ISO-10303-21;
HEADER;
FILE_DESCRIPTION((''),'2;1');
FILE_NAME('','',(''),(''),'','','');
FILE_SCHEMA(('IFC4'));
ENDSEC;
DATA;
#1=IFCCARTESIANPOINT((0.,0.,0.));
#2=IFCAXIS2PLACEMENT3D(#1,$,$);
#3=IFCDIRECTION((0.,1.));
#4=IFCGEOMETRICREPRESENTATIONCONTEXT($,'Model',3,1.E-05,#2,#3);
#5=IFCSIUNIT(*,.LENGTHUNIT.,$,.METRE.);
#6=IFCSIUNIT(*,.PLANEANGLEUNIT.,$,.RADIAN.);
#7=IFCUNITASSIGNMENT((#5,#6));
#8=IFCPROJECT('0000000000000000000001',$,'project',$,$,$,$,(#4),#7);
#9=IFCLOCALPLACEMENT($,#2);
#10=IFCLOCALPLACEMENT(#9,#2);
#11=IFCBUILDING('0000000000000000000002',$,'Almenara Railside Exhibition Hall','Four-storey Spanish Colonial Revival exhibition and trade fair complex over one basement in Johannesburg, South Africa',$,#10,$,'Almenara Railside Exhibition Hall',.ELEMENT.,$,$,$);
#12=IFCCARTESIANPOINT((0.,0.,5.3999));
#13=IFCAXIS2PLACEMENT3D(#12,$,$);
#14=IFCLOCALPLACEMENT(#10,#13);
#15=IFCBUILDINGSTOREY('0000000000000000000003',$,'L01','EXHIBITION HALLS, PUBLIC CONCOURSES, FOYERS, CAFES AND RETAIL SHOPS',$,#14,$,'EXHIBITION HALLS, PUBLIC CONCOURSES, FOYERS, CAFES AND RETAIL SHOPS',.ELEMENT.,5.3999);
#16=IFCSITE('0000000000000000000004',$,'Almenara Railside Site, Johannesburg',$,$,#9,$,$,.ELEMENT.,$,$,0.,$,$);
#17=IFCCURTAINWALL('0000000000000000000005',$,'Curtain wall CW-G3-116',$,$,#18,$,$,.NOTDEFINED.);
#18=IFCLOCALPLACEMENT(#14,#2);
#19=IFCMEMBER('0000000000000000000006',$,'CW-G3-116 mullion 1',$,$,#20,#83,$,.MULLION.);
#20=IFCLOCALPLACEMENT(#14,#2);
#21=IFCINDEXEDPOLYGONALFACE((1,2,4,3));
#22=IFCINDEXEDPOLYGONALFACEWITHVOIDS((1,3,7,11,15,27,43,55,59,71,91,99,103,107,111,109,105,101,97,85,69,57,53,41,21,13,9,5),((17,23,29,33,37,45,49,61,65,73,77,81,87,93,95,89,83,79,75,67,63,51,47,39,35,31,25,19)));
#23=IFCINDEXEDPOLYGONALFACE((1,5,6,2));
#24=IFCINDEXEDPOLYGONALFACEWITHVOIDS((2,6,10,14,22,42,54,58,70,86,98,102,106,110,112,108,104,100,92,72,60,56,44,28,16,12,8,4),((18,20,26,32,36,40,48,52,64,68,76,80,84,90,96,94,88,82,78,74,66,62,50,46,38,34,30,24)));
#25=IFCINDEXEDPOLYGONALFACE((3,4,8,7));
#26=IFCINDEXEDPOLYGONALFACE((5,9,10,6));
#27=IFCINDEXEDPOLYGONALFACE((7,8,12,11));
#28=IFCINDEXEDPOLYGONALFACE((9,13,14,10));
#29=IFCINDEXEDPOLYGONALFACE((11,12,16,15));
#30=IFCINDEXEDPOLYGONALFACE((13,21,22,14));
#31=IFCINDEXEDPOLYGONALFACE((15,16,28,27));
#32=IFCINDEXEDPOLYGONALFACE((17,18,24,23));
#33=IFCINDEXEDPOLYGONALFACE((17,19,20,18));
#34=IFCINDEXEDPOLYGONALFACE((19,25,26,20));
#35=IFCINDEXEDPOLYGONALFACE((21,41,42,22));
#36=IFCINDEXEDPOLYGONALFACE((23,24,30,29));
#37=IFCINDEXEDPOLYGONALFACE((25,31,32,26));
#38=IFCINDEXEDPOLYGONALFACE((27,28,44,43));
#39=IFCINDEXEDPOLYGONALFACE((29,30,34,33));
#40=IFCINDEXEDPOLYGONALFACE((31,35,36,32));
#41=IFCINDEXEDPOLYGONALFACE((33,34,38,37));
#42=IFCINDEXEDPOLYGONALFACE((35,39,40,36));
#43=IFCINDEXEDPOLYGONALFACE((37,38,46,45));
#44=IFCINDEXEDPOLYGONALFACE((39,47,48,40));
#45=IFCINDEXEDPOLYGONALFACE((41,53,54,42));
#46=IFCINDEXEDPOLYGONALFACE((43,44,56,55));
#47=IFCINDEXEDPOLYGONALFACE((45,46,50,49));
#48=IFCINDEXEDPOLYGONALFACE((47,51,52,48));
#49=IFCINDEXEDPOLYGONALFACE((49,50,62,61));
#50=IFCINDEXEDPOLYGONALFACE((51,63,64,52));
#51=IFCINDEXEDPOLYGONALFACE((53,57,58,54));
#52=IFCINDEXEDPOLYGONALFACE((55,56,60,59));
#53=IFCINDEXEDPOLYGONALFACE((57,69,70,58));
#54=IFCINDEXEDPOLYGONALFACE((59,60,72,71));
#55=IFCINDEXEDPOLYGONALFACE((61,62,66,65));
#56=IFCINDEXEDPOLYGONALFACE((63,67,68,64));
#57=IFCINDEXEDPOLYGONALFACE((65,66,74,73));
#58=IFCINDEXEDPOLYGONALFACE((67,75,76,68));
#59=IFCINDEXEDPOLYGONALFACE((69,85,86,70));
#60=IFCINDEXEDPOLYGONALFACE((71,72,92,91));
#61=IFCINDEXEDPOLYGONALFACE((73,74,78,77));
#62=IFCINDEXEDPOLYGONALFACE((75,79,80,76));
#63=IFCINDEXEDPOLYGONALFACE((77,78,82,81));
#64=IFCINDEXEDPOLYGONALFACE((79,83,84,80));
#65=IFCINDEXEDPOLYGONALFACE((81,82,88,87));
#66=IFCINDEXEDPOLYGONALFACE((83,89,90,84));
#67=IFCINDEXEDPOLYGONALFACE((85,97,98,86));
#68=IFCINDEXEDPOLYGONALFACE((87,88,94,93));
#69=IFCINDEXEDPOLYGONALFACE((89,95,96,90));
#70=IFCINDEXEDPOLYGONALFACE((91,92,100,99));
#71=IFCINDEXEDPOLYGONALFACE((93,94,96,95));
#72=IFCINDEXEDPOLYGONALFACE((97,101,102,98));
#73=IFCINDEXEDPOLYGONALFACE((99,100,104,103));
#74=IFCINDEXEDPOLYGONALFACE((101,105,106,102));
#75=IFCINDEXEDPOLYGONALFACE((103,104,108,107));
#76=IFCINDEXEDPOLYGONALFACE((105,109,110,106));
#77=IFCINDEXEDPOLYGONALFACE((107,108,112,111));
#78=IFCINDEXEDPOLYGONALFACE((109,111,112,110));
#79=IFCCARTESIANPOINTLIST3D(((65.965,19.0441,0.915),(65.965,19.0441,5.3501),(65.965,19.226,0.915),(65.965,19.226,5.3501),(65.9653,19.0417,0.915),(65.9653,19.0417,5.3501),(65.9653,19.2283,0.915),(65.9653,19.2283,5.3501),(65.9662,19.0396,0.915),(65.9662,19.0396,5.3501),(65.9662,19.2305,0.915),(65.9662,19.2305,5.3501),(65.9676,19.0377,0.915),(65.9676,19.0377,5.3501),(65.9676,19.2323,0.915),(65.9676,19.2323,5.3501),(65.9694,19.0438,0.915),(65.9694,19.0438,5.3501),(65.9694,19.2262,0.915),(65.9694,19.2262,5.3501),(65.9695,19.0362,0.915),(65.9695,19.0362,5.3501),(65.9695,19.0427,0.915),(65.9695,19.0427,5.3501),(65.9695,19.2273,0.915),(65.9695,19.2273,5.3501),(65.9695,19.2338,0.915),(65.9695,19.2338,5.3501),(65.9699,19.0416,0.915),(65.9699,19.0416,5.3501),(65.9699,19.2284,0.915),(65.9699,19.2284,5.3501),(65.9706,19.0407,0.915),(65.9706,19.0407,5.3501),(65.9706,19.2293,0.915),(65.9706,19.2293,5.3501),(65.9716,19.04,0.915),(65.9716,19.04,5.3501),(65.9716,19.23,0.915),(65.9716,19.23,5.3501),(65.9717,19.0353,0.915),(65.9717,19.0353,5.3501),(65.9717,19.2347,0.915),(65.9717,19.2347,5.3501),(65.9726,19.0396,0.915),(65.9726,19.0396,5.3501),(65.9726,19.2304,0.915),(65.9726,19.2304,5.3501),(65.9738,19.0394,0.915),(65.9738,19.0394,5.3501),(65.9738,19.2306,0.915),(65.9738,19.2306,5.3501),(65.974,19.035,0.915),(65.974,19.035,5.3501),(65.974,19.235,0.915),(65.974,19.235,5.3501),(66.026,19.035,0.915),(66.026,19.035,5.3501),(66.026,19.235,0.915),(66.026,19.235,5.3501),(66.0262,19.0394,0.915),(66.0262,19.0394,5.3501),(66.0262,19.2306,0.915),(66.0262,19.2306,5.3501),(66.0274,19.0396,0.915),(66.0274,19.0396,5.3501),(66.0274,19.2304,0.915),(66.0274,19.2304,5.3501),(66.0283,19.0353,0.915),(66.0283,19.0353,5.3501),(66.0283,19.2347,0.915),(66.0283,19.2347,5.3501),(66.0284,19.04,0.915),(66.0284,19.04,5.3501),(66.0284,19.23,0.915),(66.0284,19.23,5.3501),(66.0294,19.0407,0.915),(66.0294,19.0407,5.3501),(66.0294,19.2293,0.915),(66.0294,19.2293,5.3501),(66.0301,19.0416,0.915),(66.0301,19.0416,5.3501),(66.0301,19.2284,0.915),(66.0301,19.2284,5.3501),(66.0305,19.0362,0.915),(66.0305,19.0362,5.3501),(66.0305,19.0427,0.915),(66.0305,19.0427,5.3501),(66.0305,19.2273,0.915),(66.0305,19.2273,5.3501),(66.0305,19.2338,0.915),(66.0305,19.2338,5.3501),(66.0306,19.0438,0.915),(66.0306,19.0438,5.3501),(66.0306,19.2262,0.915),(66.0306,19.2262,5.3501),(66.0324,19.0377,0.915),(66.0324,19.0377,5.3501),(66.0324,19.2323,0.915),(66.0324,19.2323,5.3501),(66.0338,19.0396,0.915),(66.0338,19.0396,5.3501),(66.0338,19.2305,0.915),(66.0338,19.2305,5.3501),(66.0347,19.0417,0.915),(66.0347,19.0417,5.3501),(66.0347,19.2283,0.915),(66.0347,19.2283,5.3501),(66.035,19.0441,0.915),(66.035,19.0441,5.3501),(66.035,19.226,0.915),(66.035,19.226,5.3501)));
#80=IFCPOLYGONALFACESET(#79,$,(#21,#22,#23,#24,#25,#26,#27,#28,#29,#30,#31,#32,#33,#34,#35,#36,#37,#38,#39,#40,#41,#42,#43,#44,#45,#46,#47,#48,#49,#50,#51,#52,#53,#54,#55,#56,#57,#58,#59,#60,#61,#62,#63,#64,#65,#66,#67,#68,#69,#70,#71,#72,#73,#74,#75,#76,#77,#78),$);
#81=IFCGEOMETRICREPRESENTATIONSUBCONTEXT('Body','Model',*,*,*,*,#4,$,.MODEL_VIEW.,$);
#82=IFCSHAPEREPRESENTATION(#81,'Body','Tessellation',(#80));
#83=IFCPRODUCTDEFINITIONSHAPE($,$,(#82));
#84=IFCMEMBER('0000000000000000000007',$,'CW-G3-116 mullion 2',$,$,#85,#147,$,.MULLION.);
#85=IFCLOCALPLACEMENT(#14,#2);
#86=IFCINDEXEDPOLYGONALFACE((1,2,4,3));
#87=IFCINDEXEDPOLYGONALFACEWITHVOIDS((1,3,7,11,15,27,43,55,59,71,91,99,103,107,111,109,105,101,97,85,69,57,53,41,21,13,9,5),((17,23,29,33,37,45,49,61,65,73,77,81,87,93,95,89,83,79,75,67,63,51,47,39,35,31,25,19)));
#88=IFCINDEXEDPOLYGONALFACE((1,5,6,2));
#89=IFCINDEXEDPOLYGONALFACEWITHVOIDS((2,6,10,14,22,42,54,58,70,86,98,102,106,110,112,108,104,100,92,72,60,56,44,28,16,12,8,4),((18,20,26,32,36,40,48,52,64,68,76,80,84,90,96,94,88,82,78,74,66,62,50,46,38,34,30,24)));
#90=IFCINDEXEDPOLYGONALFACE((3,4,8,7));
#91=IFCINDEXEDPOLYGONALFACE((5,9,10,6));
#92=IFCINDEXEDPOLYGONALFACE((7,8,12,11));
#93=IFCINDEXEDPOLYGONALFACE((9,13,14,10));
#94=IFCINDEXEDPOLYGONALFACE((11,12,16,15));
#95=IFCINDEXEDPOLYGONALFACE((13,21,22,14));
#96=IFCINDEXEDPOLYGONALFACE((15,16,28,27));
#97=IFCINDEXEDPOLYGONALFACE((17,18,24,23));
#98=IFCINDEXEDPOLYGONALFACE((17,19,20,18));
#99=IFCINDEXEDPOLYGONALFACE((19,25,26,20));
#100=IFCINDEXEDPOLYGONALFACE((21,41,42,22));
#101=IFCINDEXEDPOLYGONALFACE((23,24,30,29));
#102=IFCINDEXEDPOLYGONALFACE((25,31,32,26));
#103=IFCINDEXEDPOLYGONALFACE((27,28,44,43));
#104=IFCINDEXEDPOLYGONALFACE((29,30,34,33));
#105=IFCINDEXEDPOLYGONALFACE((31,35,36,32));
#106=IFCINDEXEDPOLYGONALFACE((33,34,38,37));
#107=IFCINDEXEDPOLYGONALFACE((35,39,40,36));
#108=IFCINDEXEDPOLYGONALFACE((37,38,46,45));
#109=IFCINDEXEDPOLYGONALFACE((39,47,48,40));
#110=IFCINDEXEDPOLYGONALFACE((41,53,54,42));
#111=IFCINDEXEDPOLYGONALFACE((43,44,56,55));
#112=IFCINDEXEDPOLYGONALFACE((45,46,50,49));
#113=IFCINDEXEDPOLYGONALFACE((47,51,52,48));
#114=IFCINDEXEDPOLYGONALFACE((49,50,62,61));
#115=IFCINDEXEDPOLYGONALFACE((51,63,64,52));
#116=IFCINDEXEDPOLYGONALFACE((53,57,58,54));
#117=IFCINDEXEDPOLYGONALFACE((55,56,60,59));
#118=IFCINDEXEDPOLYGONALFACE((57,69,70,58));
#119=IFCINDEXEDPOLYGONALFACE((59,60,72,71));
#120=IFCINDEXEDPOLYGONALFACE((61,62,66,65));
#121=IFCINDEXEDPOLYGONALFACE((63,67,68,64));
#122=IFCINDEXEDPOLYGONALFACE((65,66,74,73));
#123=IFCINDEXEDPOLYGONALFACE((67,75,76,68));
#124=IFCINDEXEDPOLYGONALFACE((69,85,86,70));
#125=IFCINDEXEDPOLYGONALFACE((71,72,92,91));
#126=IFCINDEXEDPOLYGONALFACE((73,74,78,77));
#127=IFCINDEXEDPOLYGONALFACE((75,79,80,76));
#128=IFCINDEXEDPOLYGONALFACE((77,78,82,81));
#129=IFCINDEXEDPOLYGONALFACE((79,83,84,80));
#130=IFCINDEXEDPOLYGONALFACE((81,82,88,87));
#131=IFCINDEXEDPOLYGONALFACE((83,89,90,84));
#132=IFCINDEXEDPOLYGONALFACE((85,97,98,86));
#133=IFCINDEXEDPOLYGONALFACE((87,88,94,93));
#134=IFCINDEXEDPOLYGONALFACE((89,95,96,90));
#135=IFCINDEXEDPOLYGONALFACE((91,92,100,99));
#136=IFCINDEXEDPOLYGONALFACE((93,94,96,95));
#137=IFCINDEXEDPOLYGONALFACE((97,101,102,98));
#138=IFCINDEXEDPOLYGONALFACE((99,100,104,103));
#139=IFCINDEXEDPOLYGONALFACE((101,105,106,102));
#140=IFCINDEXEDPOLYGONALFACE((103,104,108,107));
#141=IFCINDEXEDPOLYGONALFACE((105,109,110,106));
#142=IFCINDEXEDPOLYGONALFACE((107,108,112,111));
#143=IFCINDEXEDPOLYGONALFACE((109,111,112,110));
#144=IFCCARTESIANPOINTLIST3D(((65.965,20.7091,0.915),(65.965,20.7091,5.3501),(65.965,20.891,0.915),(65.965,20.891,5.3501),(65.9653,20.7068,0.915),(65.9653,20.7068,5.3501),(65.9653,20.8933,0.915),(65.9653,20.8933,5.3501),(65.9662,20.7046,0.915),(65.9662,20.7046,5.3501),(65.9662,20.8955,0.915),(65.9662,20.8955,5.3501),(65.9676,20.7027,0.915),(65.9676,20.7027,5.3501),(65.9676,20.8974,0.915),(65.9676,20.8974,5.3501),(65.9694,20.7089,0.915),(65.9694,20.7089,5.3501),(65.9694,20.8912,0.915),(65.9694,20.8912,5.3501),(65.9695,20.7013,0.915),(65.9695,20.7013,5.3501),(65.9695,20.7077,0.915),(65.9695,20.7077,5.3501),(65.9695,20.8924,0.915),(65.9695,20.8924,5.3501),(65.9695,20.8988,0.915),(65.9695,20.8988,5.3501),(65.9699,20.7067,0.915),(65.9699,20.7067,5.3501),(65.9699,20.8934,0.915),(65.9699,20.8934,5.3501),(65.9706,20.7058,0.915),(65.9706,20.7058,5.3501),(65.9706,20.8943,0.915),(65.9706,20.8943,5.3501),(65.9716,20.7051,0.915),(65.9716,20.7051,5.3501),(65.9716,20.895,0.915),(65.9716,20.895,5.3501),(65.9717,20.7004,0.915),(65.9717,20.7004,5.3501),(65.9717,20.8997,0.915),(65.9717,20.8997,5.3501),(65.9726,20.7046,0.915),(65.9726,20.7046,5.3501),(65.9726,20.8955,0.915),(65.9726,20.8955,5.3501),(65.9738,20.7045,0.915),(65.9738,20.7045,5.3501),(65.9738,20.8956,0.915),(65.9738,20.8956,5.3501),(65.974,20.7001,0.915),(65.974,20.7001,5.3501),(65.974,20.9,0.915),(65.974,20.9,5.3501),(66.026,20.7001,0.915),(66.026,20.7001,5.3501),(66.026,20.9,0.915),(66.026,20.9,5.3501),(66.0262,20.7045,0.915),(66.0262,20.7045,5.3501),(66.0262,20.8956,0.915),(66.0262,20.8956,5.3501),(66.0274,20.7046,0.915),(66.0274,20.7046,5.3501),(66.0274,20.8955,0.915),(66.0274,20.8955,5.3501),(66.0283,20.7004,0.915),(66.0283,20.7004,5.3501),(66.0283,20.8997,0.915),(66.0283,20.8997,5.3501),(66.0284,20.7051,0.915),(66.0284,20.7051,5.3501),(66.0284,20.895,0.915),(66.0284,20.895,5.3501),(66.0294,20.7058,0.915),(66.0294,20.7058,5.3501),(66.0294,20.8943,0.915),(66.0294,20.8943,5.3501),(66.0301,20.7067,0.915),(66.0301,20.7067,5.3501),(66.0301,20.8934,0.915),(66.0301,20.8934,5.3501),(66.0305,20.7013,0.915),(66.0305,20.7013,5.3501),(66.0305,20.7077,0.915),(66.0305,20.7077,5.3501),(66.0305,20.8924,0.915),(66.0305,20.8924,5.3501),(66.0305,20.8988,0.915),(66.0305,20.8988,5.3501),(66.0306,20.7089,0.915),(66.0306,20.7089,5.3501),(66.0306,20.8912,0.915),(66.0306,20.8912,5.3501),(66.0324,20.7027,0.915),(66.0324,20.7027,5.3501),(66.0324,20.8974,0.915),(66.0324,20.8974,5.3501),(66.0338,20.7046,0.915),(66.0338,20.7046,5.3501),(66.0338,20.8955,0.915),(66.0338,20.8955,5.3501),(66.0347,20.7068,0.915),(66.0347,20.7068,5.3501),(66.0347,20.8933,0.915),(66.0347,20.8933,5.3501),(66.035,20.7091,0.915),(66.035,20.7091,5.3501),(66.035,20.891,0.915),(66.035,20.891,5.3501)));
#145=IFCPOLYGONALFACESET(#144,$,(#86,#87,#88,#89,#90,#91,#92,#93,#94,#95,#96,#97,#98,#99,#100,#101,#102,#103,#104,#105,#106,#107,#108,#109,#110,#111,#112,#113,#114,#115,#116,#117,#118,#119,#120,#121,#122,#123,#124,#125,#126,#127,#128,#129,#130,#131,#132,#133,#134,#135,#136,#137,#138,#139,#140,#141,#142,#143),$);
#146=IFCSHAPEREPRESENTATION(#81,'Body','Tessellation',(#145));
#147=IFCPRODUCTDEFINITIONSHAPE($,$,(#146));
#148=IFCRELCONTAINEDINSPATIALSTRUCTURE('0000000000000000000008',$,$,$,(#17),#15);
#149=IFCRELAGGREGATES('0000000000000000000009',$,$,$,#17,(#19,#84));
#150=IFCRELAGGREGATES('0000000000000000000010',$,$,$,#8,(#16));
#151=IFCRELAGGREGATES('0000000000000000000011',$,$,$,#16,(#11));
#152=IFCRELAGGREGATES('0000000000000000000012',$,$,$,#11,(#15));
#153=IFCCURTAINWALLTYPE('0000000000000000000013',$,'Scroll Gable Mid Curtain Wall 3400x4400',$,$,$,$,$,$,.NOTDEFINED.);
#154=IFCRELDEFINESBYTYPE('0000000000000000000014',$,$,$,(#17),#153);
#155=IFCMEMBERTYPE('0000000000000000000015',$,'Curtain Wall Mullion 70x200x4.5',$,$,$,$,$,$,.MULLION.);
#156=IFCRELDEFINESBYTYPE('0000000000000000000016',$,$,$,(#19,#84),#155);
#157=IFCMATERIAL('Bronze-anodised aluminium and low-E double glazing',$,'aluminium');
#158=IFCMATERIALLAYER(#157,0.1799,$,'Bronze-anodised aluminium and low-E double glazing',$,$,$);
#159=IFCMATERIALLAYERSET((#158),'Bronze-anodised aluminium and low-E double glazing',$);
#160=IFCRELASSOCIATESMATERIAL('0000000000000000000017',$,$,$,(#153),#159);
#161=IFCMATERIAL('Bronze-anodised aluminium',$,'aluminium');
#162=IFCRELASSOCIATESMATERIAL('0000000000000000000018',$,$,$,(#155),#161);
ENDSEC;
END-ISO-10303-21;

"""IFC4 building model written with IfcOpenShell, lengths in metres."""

from ifc_helpers import new_model, si_unit, direction, frame, origin, origin_2d, place, context, subcontext, project, spatial, hollow_rectangle, extrude, material, layer, layer_set, material_profile, profile_set, type_object, element, aggregate, save


model = new_model("IFC4")

# Units and contexts
model_context = context("Model", 3, precision=1e-05, world=origin(), true_north=direction((0.0, 1.0)))
body_context = subcontext(model_context, "Body", "Model", "MODEL_VIEW")
ifc_project = project(units=[si_unit("LENGTHUNIT", "METRE"), si_unit("PLANEANGLEUNIT", "RADIAN")], contexts=[model_context])

# Site, building, storey
site_placement = place(None, origin())
site = spatial("IfcSite", under=ifc_project, at=site_placement, Name="Almenara Railside Site, Johannesburg", CompositionType="ELEMENT", RefElevation=0.0)
building_placement = place(site_placement, origin())
building = spatial("IfcBuilding", under=site, at=building_placement, Name="Almenara Railside Exhibition Hall", Description="Four-storey Spanish Colonial Revival exhibition and trade fair complex over one basement in Johannesburg, South Africa", LongName="Almenara Railside Exhibition Hall", CompositionType="ELEMENT")
storey_placement = place(building_placement, frame((0.0, 0.0, 5.3999)))
storey = spatial("IfcBuildingStorey", under=building, at=storey_placement, Name="L01", Description="EXHIBITION HALLS, PUBLIC CONCOURSES, FOYERS, CAFES AND RETAIL SHOPS", LongName="EXHIBITION HALLS, PUBLIC CONCOURSES, FOYERS, CAFES AND RETAIL SHOPS", CompositionType="ELEMENT", Elevation=5.3999)

# Shared definitions
ifc_material_1 = material(Name="Bronze-anodised aluminium and low-E double glazing", Category="aluminium")
ifc_layer_1 = layer(ifc_material_1, 0.1799, Name="Bronze-anodised aluminium and low-E double glazing")
ifc_layer_set_1 = layer_set([ifc_layer_1], Name="Bronze-anodised aluminium and low-E double glazing")
curtain_wall_type_1 = type_object("IfcCurtainWallType", Name="Scroll Gable Mid Curtain Wall 3400x4400", PredefinedType="NOTDEFINED", material=ifc_layer_set_1)
ifc_material_2 = material(Name="Bronze-anodised aluminium", Category="aluminium")

# Curtain wall, members
curtain_wall_1_placement = place(storey_placement, origin())
curtain_wall_1 = element("IfcCurtainWall", 1, at=curtain_wall_1_placement, inside=storey, type_object=curtain_wall_type_1, Name="Curtain wall CW-G3-116", PredefinedType="NOTDEFINED")
ifc_material_profile_1 = material_profile(ifc_material_2, hollow_rectangle(XDim=0.0701, YDim=0.2, WallThickness=0.0044, InnerFilletRadius=0.0044, OuterFilletRadius=0.009, at=origin_2d()), Name="ALU-MUL 70x200x4.5")
ifc_profile_set_1 = profile_set([ifc_material_profile_1], Name="Bronze-anodised aluminium")
member_type_1 = type_object("IfcMemberType", Name="Curtain Wall Mullion 70x200x4.5", PredefinedType="MULLION", material=ifc_profile_set_1)
member_1_placement = place(storey_placement, frame((66.0, 19.135, 0.915), z_axis=(0.0, 0.0, 1.0), x_axis=(-1.0, 0.0, 0.0)))
member_1 = element("IfcMember", 2, at=member_1_placement, type_object=member_type_1, Name="CW-G3-116 mullion 1", PredefinedType="MULLION", context=body_context, shape_type="SweptSolid", body=[
    extrude(hollow_rectangle(XDim=0.0701, YDim=0.2, WallThickness=0.0044, InnerFilletRadius=0.0044, OuterFilletRadius=0.009, at=origin_2d()), origin(), (0.0, 0.0, 1.0), 4.4351),
])
member_2_placement = place(storey_placement, frame((66.0, 20.8, 0.915), z_axis=(0.0, 0.0, 1.0), x_axis=(-1.0, 0.0, 0.0)))
member_2 = element("IfcMember", 3, at=member_2_placement, type_object=member_type_1, Name="CW-G3-116 mullion 2", PredefinedType="MULLION", context=body_context, shape_type="SweptSolid", body=[
    extrude(hollow_rectangle(XDim=0.0701, YDim=0.2, WallThickness=0.0044, InnerFilletRadius=0.0044, OuterFilletRadius=0.009, at=origin_2d()), origin(), (0.0, 0.0, 1.0), 4.4351),
])

aggregate(curtain_wall_1, [member_1, member_2])

save(model, "model.ifc")
